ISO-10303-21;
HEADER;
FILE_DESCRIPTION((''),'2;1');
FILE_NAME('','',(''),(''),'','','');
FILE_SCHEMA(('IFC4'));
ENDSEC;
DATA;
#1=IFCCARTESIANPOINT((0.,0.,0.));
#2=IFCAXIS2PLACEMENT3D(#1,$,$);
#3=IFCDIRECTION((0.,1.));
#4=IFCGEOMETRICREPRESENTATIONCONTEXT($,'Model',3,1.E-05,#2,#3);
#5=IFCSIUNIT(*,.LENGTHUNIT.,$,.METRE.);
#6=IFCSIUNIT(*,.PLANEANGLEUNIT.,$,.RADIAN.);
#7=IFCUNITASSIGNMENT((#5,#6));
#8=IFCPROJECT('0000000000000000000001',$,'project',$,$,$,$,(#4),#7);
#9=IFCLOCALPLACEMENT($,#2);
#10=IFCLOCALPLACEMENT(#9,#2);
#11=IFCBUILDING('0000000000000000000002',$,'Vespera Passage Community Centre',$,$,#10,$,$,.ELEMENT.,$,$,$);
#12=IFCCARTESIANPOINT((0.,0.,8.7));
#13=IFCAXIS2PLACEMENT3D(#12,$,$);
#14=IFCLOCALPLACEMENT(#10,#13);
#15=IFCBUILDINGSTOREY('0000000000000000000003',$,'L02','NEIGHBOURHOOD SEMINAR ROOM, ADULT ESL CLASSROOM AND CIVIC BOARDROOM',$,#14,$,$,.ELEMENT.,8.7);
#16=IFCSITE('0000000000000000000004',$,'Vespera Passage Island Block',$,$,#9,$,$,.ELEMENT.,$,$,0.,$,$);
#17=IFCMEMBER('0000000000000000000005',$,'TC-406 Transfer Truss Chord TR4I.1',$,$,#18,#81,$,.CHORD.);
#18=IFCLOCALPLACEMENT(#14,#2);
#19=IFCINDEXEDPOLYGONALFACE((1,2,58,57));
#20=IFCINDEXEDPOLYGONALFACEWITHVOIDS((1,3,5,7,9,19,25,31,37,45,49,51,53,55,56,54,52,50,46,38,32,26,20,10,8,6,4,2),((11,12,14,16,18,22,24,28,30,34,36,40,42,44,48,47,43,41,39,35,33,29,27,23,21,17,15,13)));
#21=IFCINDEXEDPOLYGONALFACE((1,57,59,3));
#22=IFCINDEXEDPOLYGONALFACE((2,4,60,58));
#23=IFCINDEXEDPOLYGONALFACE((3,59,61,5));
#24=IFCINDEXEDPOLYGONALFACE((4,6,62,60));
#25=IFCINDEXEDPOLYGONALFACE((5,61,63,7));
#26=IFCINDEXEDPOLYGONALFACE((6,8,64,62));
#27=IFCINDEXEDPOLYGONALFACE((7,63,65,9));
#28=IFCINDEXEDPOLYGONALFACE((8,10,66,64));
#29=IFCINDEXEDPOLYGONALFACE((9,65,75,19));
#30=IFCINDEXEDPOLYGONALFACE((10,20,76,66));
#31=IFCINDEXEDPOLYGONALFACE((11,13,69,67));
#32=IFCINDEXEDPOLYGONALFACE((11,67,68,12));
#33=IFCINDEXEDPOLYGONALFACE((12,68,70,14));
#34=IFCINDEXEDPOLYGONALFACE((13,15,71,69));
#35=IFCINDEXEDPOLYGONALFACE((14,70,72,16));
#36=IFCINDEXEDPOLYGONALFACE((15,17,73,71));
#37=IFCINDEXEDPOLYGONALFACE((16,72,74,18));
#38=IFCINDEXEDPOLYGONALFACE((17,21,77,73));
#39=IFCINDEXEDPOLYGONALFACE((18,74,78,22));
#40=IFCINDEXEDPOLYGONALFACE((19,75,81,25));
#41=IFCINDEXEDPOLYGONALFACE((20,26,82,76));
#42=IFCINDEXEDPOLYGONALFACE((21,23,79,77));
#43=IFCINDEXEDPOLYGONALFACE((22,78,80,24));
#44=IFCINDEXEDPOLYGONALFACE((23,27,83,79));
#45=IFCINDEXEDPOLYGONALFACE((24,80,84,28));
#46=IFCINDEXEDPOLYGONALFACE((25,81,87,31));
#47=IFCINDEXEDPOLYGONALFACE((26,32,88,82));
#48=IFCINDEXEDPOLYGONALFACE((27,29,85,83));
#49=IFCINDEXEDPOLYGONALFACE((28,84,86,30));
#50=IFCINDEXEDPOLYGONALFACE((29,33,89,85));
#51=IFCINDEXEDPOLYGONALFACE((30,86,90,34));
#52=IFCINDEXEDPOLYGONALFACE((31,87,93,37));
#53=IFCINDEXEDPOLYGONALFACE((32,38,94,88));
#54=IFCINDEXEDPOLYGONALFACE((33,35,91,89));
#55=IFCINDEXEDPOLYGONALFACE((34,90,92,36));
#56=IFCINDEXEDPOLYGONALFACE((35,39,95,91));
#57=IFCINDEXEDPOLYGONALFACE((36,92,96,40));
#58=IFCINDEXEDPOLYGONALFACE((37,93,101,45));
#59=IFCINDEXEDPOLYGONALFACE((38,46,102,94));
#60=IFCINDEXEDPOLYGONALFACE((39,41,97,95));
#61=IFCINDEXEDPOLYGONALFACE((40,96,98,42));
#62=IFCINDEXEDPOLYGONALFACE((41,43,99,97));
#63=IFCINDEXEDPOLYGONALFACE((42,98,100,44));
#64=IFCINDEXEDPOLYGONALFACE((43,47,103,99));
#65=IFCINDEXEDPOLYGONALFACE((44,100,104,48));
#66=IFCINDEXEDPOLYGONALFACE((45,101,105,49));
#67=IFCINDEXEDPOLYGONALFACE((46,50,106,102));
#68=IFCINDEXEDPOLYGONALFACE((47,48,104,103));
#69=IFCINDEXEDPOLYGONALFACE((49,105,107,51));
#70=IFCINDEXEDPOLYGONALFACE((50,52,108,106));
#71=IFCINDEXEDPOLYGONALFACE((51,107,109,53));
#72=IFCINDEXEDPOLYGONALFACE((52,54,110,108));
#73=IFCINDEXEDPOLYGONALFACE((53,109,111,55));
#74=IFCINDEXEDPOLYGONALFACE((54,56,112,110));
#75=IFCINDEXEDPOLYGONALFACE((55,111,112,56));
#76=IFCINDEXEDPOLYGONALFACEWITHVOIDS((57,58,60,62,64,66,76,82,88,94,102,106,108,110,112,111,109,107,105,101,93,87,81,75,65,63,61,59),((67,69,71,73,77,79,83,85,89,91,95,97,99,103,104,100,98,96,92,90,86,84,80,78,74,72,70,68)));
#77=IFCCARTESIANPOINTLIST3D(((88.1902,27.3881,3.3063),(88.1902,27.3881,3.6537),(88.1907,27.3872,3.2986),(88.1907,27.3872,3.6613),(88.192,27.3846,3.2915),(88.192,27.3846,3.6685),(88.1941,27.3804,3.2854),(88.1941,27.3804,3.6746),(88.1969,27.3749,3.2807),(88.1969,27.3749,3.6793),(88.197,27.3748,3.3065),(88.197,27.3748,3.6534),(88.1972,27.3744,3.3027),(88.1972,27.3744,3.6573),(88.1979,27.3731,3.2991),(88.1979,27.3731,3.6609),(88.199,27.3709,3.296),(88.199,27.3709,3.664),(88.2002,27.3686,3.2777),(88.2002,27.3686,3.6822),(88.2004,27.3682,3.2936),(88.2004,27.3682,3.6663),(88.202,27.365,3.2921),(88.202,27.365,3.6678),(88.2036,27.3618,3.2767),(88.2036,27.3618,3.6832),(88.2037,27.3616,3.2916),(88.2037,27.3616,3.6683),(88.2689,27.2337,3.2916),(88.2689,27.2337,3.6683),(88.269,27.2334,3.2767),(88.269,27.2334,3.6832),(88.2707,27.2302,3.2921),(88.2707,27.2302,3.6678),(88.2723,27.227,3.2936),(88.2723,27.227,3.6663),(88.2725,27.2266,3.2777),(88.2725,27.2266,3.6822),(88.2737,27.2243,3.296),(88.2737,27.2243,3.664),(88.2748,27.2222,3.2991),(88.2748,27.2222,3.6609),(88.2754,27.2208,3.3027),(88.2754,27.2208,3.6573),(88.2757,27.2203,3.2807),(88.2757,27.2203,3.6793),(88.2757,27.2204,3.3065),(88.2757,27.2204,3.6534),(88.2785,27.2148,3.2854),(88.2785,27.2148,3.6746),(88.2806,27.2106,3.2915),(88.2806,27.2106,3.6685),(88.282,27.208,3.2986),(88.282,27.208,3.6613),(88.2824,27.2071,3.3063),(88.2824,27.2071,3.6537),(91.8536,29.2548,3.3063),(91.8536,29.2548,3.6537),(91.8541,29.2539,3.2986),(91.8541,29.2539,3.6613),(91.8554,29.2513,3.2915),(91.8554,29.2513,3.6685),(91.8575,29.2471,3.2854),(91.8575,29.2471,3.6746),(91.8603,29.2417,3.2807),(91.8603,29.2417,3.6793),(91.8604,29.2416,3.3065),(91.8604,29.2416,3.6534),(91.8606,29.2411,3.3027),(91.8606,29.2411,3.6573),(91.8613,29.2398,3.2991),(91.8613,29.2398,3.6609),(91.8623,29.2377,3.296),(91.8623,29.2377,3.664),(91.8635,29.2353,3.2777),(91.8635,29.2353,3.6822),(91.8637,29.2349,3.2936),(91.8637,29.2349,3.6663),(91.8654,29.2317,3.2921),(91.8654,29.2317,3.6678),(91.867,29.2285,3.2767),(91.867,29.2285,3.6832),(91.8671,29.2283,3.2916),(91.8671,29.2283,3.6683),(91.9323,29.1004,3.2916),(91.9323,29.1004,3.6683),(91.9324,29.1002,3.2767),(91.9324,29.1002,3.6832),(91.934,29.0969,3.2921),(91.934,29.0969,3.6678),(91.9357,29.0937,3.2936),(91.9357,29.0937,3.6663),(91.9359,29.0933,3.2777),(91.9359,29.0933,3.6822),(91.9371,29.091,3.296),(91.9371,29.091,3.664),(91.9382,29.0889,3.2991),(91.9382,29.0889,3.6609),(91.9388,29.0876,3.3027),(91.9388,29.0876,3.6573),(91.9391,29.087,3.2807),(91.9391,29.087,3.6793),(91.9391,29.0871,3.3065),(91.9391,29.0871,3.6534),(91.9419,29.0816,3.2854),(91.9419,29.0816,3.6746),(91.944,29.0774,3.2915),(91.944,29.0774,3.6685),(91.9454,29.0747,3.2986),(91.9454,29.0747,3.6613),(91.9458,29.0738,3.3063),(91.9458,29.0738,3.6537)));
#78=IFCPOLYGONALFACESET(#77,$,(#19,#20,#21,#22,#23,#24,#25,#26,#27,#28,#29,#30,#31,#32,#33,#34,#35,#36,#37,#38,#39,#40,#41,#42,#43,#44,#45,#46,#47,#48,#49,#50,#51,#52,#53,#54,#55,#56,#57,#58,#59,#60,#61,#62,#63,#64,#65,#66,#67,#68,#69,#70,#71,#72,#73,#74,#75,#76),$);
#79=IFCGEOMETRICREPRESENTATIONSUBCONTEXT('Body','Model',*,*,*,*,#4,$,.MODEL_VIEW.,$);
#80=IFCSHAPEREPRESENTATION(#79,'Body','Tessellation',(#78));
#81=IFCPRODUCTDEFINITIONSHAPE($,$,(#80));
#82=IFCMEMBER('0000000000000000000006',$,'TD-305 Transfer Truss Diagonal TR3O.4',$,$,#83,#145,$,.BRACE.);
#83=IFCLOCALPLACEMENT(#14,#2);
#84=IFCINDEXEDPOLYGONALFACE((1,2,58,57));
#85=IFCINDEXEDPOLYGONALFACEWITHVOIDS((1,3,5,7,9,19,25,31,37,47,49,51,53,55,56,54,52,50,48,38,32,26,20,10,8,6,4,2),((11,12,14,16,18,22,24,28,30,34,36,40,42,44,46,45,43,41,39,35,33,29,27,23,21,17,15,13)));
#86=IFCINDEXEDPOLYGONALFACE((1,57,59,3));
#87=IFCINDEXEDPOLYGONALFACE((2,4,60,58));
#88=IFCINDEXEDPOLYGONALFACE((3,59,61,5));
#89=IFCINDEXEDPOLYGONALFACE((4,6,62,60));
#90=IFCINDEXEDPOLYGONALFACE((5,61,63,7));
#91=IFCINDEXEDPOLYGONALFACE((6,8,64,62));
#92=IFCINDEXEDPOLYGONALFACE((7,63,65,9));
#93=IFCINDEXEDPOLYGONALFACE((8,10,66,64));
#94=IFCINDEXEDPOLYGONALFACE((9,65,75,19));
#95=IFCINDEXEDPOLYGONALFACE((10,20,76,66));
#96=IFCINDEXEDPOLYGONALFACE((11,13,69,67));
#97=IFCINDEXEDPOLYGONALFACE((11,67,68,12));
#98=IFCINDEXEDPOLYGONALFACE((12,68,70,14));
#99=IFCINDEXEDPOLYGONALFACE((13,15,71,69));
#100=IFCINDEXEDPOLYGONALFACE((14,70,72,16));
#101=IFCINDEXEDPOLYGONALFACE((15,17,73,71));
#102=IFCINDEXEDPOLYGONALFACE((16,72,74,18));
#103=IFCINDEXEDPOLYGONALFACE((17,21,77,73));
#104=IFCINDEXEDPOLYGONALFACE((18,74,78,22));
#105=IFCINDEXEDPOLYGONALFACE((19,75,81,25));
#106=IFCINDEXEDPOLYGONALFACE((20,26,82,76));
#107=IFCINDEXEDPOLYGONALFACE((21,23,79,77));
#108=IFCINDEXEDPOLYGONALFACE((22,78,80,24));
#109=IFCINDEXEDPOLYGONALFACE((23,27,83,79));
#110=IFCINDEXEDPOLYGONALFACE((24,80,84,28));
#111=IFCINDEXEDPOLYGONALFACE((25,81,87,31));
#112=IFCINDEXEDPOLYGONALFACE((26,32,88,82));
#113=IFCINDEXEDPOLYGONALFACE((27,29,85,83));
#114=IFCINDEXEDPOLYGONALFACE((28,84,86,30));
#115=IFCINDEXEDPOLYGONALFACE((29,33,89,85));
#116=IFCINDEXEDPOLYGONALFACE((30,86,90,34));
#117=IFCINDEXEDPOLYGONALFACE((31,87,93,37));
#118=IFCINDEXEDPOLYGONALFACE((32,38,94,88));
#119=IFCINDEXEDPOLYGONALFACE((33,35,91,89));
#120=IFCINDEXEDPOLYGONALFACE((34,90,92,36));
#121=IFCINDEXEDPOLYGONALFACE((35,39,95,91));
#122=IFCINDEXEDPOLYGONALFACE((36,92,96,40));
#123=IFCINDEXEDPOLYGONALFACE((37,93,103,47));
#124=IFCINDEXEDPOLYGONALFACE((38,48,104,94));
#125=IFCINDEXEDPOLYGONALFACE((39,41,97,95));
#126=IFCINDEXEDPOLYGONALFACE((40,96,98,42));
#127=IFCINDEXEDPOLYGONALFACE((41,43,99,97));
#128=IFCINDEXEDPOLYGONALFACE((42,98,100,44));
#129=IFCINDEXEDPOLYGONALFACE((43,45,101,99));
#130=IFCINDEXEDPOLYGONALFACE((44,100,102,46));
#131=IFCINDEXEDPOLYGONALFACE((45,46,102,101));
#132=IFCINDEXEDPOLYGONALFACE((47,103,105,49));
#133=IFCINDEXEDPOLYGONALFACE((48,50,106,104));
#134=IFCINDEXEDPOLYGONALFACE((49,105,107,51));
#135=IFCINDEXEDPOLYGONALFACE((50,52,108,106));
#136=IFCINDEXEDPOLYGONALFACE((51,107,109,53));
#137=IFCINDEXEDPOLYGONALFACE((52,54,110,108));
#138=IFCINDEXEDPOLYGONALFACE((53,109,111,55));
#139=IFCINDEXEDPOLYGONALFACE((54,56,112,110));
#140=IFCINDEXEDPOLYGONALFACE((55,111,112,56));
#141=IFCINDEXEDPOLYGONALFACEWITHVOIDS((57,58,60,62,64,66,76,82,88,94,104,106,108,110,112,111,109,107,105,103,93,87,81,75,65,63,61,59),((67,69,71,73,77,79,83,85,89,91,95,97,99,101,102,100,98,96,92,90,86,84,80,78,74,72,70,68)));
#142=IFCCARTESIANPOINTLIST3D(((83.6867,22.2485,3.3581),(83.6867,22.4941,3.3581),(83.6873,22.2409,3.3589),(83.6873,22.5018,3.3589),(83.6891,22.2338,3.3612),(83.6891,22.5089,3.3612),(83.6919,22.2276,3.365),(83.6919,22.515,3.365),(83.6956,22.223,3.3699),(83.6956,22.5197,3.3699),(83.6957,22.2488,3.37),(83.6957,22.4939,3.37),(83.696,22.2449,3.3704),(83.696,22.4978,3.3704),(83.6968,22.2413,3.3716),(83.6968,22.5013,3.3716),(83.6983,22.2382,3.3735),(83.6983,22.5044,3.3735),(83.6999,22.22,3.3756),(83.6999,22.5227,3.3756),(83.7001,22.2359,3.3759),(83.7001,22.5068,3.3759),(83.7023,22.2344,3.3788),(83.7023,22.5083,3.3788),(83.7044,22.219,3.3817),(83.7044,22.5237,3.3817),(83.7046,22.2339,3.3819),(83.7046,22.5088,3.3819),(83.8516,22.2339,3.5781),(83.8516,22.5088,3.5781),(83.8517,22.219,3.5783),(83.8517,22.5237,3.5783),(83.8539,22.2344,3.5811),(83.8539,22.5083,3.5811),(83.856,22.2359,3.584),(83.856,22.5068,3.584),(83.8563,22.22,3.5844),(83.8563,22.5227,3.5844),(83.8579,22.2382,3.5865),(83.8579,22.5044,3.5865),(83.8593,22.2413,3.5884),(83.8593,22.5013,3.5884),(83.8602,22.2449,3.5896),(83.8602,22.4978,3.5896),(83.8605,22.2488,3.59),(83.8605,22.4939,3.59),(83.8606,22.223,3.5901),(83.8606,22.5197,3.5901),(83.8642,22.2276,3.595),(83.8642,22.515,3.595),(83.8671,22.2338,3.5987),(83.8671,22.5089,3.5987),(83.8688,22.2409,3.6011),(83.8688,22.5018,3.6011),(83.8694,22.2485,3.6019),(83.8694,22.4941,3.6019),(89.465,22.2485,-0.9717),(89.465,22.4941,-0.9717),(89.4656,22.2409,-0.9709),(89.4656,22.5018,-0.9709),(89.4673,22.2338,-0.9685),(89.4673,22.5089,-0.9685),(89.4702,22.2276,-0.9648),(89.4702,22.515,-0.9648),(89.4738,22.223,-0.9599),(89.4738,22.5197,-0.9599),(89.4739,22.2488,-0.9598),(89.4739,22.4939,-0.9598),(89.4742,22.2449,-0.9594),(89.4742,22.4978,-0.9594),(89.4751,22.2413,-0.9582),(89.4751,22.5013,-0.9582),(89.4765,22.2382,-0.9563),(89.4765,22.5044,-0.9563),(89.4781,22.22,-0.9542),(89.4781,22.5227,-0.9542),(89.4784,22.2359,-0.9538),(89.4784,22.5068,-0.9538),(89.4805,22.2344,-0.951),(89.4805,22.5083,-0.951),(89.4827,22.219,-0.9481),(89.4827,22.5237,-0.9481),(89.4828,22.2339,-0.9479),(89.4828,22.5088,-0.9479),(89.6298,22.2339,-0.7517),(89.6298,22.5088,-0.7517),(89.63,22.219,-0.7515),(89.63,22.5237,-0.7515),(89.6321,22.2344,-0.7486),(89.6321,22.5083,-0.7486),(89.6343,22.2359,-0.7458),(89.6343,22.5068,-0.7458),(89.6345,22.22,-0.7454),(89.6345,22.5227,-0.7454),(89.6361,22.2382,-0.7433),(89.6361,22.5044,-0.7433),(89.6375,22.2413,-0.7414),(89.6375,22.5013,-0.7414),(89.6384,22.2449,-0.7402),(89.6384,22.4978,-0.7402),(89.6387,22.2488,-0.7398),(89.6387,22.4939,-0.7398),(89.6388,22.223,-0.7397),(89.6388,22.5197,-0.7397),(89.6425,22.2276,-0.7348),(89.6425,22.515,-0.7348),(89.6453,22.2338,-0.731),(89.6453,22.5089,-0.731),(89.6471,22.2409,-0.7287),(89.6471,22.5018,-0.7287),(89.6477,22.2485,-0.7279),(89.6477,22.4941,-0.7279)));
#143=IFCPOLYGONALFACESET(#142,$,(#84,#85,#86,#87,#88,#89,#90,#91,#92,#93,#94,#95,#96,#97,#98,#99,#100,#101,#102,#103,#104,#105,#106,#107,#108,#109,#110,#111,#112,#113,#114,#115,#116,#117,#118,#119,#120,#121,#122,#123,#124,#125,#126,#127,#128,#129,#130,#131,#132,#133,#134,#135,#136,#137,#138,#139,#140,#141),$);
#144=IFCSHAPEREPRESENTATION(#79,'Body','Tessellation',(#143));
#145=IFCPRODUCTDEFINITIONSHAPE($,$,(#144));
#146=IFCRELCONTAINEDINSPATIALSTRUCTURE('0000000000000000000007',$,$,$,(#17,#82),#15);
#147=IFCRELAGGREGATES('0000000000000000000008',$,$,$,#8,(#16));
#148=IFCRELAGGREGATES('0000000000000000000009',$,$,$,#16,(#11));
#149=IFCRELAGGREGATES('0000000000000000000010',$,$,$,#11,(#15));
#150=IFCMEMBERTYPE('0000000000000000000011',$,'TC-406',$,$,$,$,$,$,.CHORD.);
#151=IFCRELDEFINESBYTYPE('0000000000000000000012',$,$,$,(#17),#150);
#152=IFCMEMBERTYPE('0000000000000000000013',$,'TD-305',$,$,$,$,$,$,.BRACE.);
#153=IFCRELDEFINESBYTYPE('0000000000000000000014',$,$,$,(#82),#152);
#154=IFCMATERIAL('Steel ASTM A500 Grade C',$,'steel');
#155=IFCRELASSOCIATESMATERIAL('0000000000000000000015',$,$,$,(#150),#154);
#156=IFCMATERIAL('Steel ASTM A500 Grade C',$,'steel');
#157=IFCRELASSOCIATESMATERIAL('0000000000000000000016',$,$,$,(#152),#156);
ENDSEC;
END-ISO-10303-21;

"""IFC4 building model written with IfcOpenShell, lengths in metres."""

from ifc_helpers import new_model, si_unit, direction, frame, origin, origin_2d, place, context, subcontext, project, spatial, hollow_rectangle, extrude, material, material_profile, profile_set, type_object, element, save


model = new_model("IFC4")

# Units and contexts
model_context = context("Model", 3, precision=1e-05, world=origin(), true_north=direction((0.0, 1.0)))
body_context = subcontext(model_context, "Body", "Model", "MODEL_VIEW")
ifc_project = project(units=[si_unit("LENGTHUNIT", "METRE"), si_unit("PLANEANGLEUNIT", "RADIAN")], contexts=[model_context])

# Site, building, storey
site_placement = place(None, origin())
site = spatial("IfcSite", under=ifc_project, at=site_placement, Name="Vespera Passage Island Block", CompositionType="ELEMENT", RefElevation=0.0)
building_placement = place(site_placement, origin())
building = spatial("IfcBuilding", under=site, at=building_placement, Name="Vespera Passage Community Centre", CompositionType="ELEMENT")
storey_placement = place(building_placement, frame((0.0, 0.0, 8.7)))
storey = spatial("IfcBuildingStorey", under=building, at=storey_placement, Name="L02", Description="NEIGHBOURHOOD SEMINAR ROOM, ADULT ESL CLASSROOM AND CIVIC BOARDROOM", CompositionType="ELEMENT", Elevation=8.7)

# Members
ifc_material_1 = material(Name="Steel ASTM A500 Grade C", Category="steel")
ifc_material_profile_1 = material_profile(ifc_material_1, hollow_rectangle(XDim=0.2031, YDim=0.4065, WallThickness=0.0149, InnerFilletRadius=0.0149, OuterFilletRadius=0.0295, at=origin_2d()), Name="HSS406X203X15.9")
ifc_profile_set_1 = profile_set([ifc_material_profile_1], Name="Steel ASTM A500 Grade C")
member_type_1 = type_object("IfcMemberType", Name="TC-406", PredefinedType="CHORD", material=ifc_profile_set_1)
member_1_placement = place(storey_placement, frame((88.2363, 27.2976, 3.48), z_axis=(0.890993, 0.454017, 0.0), x_axis=(-0.454017, 0.890993, 0.0)))
element("IfcMember", 1, at=member_1_placement, inside=storey, type_object=member_type_1, Name="TC-406 Transfer Truss Chord TR4I.1", PredefinedType="CHORD", context=body_context, shape_type="SweptSolid", body=[
    extrude(hollow_rectangle(XDim=0.2031, YDim=0.4065, WallThickness=0.0149, InnerFilletRadius=0.0149, OuterFilletRadius=0.0295, at=origin_2d()), origin(), (0.0, 0.0, 1.0), 4.1116),
])
ifc_material_2 = material(Name="Steel ASTM A500 Grade C", Category="steel")
ifc_material_profile_2 = material_profile(ifc_material_2, hollow_rectangle(XDim=0.3047, YDim=0.3047, WallThickness=0.0149, InnerFilletRadius=0.0149, OuterFilletRadius=0.0295, at=origin_2d()), Name="HSS305X305X15.9")
ifc_profile_set_2 = profile_set([ifc_material_profile_2], Name="Steel ASTM A500 Grade C")
member_type_2 = type_object("IfcMemberType", Name="TD-305", PredefinedType="BRACE", material=ifc_profile_set_2)
member_2_placement = place(storey_placement, frame((83.7781, 22.3713, 3.48), z_axis=(0.80026, 0.0, -0.599654), x_axis=(0.0, 1.0, 0.0)))
element("IfcMember", 2, at=member_2_placement, inside=storey, type_object=member_type_2, Name="TD-305 Transfer Truss Diagonal TR3O.4", PredefinedType="BRACE", context=body_context, shape_type="SweptSolid", body=[
    extrude(hollow_rectangle(XDim=0.3047, YDim=0.3047, WallThickness=0.0149, InnerFilletRadius=0.0149, OuterFilletRadius=0.0295, at=origin_2d()), origin(), (0.0, 0.0, 1.0), 7.2205),
])

save(model, "model.ifc")
